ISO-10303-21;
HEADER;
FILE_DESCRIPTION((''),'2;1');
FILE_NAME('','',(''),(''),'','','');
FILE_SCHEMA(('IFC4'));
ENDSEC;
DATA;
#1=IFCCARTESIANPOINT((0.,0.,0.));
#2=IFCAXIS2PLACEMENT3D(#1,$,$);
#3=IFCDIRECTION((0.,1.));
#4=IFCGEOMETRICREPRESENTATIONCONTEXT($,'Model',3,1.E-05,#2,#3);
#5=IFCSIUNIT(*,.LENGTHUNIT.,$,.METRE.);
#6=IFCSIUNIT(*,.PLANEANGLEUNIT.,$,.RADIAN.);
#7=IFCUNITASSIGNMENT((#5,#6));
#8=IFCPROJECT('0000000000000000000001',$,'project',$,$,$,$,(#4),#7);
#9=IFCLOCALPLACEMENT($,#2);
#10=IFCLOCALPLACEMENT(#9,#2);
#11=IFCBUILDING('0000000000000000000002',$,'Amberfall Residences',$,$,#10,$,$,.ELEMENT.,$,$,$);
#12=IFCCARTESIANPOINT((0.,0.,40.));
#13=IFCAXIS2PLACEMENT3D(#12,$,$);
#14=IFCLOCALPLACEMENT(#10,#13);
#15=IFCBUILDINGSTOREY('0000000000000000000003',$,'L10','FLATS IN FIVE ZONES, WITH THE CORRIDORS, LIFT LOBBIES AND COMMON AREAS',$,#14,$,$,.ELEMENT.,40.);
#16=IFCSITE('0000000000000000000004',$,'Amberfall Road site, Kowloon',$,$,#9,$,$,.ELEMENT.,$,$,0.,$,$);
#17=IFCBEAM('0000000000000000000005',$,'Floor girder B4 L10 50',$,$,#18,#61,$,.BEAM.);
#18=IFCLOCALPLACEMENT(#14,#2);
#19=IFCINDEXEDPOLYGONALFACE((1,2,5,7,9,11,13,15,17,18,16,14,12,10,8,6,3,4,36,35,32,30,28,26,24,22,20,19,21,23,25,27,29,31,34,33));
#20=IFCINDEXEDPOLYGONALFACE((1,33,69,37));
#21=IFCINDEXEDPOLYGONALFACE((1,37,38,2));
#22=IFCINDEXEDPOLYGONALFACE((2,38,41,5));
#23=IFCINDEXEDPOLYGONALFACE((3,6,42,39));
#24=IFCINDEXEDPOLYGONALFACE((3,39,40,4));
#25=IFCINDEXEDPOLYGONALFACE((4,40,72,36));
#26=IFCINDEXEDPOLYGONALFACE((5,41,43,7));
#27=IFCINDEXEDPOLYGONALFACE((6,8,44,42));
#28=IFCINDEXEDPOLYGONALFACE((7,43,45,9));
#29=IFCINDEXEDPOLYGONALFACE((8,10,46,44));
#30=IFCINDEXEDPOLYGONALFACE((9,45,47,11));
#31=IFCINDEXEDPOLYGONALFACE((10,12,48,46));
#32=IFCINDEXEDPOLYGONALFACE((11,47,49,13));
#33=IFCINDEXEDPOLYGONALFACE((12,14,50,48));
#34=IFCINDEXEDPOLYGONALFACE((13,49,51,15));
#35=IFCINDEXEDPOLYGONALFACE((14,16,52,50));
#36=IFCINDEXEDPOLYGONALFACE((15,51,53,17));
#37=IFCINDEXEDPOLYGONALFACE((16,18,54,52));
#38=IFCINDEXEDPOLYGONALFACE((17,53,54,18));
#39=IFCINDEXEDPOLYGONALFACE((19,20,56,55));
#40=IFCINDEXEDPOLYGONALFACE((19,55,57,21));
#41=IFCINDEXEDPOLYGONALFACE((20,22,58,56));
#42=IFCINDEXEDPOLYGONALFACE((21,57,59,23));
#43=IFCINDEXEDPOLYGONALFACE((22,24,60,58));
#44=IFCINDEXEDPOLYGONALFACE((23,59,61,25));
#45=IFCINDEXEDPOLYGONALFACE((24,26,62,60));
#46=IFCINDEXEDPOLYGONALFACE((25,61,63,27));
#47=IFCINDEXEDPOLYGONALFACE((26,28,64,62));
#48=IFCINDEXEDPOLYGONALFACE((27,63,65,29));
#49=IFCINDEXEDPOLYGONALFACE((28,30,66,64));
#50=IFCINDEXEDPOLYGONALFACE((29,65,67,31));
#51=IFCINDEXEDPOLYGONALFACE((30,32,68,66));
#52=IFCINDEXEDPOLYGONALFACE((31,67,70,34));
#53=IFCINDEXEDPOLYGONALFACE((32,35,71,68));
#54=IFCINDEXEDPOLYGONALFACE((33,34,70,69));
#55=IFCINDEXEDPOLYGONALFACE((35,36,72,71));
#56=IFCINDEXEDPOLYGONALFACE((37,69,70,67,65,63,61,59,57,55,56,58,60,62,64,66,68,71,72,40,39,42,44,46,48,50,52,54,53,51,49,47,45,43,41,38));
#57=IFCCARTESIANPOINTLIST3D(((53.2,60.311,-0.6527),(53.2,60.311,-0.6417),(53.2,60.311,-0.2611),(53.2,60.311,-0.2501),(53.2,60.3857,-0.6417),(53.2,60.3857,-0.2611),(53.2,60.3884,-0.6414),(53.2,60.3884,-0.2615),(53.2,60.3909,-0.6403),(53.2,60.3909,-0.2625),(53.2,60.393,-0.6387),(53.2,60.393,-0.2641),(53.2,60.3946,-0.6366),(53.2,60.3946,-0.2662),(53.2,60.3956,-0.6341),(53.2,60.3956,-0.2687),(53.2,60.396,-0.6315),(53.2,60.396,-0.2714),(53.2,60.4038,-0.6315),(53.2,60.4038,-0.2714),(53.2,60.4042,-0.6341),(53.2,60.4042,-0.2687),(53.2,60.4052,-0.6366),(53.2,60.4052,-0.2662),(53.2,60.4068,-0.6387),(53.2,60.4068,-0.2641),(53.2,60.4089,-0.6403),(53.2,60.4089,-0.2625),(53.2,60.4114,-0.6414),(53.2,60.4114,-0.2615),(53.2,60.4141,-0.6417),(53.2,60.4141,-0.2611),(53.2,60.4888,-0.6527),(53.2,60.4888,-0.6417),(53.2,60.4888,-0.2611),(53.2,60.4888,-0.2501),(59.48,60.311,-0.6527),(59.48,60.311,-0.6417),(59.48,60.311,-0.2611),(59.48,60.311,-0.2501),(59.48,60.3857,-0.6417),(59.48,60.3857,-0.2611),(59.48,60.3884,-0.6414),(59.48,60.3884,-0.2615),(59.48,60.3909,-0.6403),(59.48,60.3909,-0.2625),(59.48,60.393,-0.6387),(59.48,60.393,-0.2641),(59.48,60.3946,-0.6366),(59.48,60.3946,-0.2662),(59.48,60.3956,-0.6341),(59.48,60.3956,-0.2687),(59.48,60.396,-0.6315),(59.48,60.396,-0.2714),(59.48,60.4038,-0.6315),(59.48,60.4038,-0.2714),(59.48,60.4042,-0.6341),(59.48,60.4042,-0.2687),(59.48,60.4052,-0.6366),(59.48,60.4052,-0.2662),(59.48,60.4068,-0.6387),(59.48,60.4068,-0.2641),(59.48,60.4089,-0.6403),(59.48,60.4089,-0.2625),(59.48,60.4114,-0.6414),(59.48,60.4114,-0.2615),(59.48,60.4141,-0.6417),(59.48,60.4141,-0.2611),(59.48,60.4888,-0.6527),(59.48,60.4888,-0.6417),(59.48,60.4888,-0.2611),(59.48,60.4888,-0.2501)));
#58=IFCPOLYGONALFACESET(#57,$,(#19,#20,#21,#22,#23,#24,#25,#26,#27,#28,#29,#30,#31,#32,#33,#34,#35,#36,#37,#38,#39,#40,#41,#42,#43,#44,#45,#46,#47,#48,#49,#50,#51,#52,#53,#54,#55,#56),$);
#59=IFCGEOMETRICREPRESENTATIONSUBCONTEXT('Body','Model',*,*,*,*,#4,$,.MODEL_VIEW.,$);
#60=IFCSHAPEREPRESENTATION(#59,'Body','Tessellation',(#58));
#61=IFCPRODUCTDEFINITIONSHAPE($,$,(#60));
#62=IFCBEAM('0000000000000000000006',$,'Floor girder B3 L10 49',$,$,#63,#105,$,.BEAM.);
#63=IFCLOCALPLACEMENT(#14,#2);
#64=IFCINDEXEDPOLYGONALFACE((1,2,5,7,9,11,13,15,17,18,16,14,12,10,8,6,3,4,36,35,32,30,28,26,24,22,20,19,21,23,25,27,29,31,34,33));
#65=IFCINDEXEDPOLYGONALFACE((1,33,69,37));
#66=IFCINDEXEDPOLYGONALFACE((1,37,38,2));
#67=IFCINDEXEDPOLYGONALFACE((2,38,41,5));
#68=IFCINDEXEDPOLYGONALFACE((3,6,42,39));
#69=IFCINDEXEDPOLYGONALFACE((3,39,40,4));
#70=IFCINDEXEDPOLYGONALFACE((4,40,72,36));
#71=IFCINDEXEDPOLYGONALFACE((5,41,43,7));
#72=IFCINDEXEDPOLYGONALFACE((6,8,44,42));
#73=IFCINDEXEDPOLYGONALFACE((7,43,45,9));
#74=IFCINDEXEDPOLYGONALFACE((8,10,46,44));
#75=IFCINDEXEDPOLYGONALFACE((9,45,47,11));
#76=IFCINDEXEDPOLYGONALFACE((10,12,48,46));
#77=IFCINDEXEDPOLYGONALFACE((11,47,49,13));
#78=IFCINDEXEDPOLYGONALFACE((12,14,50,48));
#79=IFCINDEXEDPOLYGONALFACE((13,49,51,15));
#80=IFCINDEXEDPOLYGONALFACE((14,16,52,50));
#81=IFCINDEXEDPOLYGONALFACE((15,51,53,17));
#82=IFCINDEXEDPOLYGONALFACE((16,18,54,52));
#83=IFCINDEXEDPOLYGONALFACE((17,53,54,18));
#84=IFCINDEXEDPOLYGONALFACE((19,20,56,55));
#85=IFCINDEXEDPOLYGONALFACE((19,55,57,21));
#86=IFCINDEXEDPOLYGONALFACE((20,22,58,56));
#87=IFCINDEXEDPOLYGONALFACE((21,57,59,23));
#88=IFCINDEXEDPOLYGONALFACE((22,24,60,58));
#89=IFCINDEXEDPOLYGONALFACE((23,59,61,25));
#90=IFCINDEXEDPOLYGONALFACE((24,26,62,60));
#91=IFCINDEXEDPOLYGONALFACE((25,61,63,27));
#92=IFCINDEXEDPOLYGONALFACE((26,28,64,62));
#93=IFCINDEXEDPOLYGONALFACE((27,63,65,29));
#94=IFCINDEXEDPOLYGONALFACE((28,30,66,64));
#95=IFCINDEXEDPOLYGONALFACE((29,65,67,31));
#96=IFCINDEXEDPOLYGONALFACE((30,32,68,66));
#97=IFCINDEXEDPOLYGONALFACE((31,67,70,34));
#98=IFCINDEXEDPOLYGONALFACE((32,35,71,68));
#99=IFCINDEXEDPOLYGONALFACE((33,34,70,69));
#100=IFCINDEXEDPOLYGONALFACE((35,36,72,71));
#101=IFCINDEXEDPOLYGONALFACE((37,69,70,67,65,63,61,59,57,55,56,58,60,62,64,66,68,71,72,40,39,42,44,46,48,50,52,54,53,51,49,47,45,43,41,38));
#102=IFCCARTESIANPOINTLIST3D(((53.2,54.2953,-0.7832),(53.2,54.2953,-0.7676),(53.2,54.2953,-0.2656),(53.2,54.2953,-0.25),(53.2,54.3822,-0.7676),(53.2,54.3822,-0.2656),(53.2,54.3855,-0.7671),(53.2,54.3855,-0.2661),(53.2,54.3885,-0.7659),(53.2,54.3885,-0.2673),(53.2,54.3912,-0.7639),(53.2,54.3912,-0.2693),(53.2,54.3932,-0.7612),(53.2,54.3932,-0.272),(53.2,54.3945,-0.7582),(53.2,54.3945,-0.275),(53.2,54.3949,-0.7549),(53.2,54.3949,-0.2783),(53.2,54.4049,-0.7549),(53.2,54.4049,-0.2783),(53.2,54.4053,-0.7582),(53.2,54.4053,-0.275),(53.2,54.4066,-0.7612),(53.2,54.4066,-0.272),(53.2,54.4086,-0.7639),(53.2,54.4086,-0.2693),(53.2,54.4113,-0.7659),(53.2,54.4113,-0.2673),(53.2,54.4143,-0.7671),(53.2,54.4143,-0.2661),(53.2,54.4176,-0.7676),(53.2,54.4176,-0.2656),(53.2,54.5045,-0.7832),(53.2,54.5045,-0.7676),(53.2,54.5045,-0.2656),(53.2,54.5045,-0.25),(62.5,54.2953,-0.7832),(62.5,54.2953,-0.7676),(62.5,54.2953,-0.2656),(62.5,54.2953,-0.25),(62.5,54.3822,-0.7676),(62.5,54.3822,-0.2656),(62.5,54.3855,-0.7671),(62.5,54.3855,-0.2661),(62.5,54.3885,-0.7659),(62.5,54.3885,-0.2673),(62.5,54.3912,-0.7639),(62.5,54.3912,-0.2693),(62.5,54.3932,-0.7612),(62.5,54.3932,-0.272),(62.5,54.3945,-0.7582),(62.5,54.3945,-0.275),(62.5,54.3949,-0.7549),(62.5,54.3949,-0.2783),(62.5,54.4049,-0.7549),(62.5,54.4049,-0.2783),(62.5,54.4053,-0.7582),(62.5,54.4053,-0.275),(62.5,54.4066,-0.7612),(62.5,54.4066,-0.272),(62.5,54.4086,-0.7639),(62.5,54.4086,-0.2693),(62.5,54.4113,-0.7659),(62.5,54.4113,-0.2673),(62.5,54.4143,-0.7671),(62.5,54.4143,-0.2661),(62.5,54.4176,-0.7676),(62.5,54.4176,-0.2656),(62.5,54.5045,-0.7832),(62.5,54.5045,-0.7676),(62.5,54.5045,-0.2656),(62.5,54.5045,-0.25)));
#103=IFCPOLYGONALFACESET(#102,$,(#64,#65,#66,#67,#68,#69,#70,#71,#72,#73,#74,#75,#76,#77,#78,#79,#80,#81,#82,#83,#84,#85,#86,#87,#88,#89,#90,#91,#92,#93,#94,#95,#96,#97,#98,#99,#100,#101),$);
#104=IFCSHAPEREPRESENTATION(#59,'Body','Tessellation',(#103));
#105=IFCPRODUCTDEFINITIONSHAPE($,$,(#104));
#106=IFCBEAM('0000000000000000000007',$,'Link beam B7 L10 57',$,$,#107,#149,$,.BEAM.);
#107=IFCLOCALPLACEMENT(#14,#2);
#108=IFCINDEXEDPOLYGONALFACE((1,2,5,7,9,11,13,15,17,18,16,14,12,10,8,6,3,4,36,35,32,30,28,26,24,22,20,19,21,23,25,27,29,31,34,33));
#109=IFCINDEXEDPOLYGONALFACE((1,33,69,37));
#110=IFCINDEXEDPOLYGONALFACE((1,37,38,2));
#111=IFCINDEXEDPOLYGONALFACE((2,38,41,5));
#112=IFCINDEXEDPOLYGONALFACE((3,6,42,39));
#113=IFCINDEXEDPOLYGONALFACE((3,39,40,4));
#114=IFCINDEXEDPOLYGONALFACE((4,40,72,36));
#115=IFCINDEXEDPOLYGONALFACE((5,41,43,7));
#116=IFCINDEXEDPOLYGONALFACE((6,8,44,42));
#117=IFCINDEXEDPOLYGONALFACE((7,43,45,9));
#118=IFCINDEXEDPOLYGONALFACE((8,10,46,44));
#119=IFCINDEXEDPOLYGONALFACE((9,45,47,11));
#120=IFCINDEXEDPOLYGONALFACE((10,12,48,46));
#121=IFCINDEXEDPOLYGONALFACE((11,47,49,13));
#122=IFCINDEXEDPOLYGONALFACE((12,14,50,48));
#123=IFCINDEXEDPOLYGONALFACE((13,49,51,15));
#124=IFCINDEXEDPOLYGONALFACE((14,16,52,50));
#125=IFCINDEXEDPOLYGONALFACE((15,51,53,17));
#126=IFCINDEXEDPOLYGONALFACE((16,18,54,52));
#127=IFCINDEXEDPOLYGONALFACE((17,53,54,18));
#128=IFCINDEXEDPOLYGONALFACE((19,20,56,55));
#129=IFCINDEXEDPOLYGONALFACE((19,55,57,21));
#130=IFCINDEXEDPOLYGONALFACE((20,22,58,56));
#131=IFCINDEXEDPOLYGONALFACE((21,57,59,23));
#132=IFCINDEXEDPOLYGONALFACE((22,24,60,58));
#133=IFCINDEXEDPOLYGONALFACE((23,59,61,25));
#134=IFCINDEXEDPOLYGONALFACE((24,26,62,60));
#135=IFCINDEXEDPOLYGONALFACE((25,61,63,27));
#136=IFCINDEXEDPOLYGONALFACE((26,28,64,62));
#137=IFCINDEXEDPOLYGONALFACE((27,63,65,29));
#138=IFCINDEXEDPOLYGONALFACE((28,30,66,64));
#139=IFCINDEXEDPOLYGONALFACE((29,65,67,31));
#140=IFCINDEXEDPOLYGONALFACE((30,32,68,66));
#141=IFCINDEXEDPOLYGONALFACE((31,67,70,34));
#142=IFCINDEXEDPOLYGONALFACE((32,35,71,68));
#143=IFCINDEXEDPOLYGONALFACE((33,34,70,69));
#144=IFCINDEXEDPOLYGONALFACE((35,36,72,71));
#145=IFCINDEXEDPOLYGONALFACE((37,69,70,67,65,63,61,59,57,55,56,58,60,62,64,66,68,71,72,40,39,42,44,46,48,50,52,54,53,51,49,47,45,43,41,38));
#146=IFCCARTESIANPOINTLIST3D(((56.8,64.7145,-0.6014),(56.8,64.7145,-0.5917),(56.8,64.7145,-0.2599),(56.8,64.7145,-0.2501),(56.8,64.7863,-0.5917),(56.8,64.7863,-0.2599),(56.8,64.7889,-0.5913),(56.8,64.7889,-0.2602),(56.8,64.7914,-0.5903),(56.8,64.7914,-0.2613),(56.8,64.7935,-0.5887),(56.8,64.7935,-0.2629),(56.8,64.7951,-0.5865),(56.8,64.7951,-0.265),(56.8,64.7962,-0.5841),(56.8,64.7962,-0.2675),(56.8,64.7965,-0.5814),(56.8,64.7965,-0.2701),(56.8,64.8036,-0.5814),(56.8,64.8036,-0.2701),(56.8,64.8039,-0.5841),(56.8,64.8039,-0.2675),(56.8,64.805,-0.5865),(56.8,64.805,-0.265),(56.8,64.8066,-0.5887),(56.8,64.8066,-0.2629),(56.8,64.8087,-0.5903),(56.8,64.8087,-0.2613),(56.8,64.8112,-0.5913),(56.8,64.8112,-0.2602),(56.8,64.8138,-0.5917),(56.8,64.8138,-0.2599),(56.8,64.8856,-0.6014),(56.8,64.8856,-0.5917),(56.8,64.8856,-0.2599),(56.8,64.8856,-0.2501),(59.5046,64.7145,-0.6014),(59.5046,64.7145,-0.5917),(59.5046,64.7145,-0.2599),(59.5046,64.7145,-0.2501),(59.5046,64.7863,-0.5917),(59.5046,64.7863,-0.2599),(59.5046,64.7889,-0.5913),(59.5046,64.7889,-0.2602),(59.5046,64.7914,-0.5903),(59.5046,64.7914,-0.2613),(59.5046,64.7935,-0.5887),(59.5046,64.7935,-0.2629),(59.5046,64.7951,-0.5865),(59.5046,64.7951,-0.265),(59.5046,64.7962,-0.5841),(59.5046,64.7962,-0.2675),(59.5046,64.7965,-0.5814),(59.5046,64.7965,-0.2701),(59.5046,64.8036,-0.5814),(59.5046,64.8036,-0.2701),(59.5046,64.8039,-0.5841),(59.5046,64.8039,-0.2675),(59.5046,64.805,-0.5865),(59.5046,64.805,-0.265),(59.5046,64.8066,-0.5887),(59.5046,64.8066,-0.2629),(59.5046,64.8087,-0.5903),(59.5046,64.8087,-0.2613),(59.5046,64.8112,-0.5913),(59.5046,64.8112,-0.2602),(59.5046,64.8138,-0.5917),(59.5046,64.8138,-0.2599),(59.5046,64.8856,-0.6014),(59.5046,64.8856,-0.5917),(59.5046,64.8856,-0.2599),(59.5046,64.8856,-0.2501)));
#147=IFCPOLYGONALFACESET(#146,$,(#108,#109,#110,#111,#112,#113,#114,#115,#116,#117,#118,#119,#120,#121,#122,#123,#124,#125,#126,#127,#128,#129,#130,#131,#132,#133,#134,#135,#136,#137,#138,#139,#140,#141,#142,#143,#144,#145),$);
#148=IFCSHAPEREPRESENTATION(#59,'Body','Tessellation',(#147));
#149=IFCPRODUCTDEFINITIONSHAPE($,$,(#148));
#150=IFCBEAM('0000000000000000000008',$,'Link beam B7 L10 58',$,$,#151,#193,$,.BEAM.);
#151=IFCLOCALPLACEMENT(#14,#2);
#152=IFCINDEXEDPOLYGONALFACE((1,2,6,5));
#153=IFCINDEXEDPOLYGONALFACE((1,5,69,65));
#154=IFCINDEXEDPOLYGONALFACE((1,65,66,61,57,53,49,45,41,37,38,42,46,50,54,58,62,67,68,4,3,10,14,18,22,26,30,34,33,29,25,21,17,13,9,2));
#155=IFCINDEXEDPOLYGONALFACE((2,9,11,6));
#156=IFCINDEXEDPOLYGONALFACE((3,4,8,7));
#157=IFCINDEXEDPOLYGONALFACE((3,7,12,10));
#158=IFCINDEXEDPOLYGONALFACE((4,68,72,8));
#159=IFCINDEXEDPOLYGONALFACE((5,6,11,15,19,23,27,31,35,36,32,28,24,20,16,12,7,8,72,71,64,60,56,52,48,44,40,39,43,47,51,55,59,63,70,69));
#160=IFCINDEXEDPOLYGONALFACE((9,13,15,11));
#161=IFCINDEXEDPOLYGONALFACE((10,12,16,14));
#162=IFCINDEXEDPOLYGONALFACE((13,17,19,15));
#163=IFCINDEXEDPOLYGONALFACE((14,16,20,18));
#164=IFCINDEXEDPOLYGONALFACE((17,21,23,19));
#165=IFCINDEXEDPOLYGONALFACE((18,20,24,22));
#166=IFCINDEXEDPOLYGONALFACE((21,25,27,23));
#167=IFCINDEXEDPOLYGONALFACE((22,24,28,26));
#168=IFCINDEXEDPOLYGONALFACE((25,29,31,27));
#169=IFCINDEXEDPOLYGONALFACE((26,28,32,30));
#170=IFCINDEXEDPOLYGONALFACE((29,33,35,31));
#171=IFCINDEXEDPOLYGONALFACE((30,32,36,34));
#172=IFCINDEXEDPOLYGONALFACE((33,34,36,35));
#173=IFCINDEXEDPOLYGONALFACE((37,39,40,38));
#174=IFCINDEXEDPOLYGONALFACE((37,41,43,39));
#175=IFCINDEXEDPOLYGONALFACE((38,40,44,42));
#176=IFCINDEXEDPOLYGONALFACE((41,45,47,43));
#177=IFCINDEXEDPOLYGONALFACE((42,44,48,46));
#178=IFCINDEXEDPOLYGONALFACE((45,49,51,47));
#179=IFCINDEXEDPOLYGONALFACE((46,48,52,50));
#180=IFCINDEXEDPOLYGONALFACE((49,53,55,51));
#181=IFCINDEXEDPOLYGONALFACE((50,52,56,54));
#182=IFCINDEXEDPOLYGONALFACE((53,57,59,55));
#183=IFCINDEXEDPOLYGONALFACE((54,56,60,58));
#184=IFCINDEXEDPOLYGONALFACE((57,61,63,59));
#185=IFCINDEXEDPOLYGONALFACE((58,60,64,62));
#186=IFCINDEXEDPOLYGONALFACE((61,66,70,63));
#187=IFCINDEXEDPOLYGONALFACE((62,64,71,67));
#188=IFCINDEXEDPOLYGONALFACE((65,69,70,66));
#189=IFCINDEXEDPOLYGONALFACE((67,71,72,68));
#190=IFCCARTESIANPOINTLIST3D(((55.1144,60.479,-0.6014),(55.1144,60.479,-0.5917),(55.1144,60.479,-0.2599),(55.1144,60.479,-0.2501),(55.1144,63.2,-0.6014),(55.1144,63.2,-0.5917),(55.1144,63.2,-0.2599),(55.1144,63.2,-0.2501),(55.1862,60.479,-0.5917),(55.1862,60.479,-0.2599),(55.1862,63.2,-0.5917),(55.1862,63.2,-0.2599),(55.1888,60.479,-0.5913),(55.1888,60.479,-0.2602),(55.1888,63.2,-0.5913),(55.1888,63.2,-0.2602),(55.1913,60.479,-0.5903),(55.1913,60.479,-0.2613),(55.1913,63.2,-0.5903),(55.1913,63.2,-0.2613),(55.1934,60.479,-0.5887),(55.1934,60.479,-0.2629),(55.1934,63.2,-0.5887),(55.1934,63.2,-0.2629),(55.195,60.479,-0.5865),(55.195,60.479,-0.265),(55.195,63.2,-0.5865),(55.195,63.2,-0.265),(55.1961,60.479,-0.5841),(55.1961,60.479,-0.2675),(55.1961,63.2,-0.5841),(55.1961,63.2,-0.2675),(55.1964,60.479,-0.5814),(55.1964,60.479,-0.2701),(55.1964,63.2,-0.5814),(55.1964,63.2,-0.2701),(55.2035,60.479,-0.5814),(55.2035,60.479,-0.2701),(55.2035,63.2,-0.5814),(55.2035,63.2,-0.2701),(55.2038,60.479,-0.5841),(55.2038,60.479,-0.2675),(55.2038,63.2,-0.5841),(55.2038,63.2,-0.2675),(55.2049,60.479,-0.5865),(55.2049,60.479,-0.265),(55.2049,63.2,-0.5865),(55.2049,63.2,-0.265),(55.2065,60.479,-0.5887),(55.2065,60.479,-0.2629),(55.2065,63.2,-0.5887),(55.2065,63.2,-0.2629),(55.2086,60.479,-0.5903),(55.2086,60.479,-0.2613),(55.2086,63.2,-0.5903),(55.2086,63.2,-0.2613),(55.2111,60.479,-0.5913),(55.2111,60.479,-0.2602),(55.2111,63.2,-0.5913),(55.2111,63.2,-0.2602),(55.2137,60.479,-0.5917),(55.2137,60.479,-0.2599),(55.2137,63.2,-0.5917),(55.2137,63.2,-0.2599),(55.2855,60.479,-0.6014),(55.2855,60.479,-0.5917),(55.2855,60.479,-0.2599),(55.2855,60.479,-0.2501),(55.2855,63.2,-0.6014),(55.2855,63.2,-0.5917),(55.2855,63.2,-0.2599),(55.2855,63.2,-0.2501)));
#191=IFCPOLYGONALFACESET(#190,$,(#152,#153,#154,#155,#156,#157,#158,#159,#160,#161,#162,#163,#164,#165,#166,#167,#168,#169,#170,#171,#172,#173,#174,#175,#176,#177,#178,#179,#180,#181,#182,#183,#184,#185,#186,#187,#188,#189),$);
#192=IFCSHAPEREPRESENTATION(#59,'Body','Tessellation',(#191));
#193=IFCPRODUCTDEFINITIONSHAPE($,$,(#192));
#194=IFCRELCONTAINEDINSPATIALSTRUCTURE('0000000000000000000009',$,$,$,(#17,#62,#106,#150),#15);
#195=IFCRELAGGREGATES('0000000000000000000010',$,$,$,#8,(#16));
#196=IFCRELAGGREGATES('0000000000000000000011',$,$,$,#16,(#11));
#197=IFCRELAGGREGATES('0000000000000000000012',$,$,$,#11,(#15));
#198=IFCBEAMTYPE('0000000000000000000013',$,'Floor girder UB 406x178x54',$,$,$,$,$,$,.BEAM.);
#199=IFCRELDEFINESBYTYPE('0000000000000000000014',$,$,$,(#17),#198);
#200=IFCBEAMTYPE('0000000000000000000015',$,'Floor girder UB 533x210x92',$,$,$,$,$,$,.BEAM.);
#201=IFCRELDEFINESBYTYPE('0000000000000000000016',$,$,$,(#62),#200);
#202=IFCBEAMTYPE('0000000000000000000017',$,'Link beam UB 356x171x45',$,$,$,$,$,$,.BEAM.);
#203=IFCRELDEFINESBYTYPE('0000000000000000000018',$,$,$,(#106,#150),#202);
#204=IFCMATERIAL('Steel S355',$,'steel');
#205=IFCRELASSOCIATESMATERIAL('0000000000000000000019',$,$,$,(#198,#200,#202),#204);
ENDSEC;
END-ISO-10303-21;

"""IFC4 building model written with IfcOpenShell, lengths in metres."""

from ifc_helpers import new_model, si_unit, direction, frame, origin, origin_2d, place, context, subcontext, project, spatial, i_section, extrude, material, material_profile, profile_set, type_object, element, save


model = new_model("IFC4")

# Units and contexts
model_context = context("Model", 3, precision=1e-05, world=origin(), true_north=direction((0.0, 1.0)))
body_context = subcontext(model_context, "Body", "Model", "MODEL_VIEW")
ifc_project = project(units=[si_unit("LENGTHUNIT", "METRE"), si_unit("PLANEANGLEUNIT", "RADIAN")], contexts=[model_context])

# Site, building, storey
site_placement = place(None, origin())
site = spatial("IfcSite", under=ifc_project, at=site_placement, Name="Amberfall Road site, Kowloon", CompositionType="ELEMENT", RefElevation=0.0)
building_placement = place(site_placement, origin())
building = spatial("IfcBuilding", under=site, at=building_placement, Name="Amberfall Residences", CompositionType="ELEMENT")
storey_placement = place(building_placement, frame((0.0, 0.0, 40.0)))
storey = spatial("IfcBuildingStorey", under=building, at=storey_placement, Name="L10", Description="FLATS IN FIVE ZONES, WITH THE CORRIDORS, LIFT LOBBIES AND COMMON AREAS", CompositionType="ELEMENT", Elevation=40.0)

# Shared definitions
ifc_material_1 = material(Name="Steel S355", Category="steel")

# Beams
ifc_material_profile_1 = material_profile(ifc_material_1, i_section(OverallWidth=0.1777, OverallDepth=0.4026, WebThickness=0.0078, FlangeThickness=0.011, FilletRadius=0.0103, at=origin_2d()), Name="UB 406x178x54")
ifc_profile_set_1 = profile_set([ifc_material_profile_1], Name="Steel S355")
beam_type_1 = type_object("IfcBeamType", Name="Floor girder UB 406x178x54", PredefinedType="BEAM", material=ifc_profile_set_1)
beam_1_placement = place(storey_placement, frame((53.2, 60.3999, -0.4514), z_axis=(1.0, 0.0, 0.0), x_axis=(0.0, 1.0, 0.0)))
element("IfcBeam", 1, at=beam_1_placement, inside=storey, type_object=beam_type_1, Name="Floor girder B4 L10 50", PredefinedType="BEAM", context=body_context, shape_type="SweptSolid", body=[
    extrude(i_section(OverallWidth=0.1777, OverallDepth=0.4026, WebThickness=0.0078, FlangeThickness=0.011, FilletRadius=0.0103, at=origin_2d()), origin(), (0.0, 0.0, 1.0), 6.28),
])
ifc_material_profile_2 = material_profile(ifc_material_1, i_section(OverallWidth=0.2092, OverallDepth=0.5332, WebThickness=0.01, FlangeThickness=0.0156, FilletRadius=0.0127, at=origin_2d()), Name="UB 533x210x92")
ifc_profile_set_2 = profile_set([ifc_material_profile_2], Name="Steel S355")
beam_type_2 = type_object("IfcBeamType", Name="Floor girder UB 533x210x92", PredefinedType="BEAM", material=ifc_profile_set_2)
beam_2_placement = place(storey_placement, frame((53.2, 54.3999, -0.5166), z_axis=(1.0, 0.0, 0.0), x_axis=(0.0, 1.0, 0.0)))
element("IfcBeam", 2, at=beam_2_placement, inside=storey, type_object=beam_type_2, Name="Floor girder B3 L10 49", PredefinedType="BEAM", context=body_context, shape_type="SweptSolid", body=[
    extrude(i_section(OverallWidth=0.2092, OverallDepth=0.5332, WebThickness=0.01, FlangeThickness=0.0156, FilletRadius=0.0127, at=origin_2d()), origin(), (0.0, 0.0, 1.0), 9.3),
])
ifc_material_profile_3 = material_profile(ifc_material_1, i_section(OverallWidth=0.1711, OverallDepth=0.3513, WebThickness=0.0071, FlangeThickness=0.0098, FilletRadius=0.0103, at=origin_2d()), Name="UB 356x171x45")
ifc_profile_set_3 = profile_set([ifc_material_profile_3], Name="Steel S355")
beam_type_3 = type_object("IfcBeamType", Name="Link beam UB 356x171x45", PredefinedType="BEAM", material=ifc_profile_set_3)
beam_3_placement = place(storey_placement, frame((56.8, 64.8, -0.4258), z_axis=(1.0, 0.0, 0.0), x_axis=(0.0, 1.0, 0.0)))
element("IfcBeam", 3, at=beam_3_placement, inside=storey, type_object=beam_type_3, Name="Link beam B7 L10 57", PredefinedType="BEAM", context=body_context, shape_type="SweptSolid", body=[
    extrude(i_section(OverallWidth=0.1711, OverallDepth=0.3513, WebThickness=0.0071, FlangeThickness=0.0098, FilletRadius=0.0103, at=origin_2d()), origin(), (0.0, 0.0, 1.0), 2.7046),
])
beam_4_placement = place(storey_placement, frame((55.2, 63.2, -0.4258), z_axis=(0.0, -1.0, 0.0), x_axis=(1.0, 0.0, 0.0)))
element("IfcBeam", 4, at=beam_4_placement, inside=storey, type_object=beam_type_3, Name="Link beam B7 L10 58", PredefinedType="BEAM", context=body_context, shape_type="SweptSolid", body=[
    extrude(i_section(OverallWidth=0.1711, OverallDepth=0.3513, WebThickness=0.0071, FlangeThickness=0.0098, FilletRadius=0.0103, at=origin_2d()), origin(), (0.0, 0.0, 1.0), 2.7209),
])

save(model, "model.ifc")
